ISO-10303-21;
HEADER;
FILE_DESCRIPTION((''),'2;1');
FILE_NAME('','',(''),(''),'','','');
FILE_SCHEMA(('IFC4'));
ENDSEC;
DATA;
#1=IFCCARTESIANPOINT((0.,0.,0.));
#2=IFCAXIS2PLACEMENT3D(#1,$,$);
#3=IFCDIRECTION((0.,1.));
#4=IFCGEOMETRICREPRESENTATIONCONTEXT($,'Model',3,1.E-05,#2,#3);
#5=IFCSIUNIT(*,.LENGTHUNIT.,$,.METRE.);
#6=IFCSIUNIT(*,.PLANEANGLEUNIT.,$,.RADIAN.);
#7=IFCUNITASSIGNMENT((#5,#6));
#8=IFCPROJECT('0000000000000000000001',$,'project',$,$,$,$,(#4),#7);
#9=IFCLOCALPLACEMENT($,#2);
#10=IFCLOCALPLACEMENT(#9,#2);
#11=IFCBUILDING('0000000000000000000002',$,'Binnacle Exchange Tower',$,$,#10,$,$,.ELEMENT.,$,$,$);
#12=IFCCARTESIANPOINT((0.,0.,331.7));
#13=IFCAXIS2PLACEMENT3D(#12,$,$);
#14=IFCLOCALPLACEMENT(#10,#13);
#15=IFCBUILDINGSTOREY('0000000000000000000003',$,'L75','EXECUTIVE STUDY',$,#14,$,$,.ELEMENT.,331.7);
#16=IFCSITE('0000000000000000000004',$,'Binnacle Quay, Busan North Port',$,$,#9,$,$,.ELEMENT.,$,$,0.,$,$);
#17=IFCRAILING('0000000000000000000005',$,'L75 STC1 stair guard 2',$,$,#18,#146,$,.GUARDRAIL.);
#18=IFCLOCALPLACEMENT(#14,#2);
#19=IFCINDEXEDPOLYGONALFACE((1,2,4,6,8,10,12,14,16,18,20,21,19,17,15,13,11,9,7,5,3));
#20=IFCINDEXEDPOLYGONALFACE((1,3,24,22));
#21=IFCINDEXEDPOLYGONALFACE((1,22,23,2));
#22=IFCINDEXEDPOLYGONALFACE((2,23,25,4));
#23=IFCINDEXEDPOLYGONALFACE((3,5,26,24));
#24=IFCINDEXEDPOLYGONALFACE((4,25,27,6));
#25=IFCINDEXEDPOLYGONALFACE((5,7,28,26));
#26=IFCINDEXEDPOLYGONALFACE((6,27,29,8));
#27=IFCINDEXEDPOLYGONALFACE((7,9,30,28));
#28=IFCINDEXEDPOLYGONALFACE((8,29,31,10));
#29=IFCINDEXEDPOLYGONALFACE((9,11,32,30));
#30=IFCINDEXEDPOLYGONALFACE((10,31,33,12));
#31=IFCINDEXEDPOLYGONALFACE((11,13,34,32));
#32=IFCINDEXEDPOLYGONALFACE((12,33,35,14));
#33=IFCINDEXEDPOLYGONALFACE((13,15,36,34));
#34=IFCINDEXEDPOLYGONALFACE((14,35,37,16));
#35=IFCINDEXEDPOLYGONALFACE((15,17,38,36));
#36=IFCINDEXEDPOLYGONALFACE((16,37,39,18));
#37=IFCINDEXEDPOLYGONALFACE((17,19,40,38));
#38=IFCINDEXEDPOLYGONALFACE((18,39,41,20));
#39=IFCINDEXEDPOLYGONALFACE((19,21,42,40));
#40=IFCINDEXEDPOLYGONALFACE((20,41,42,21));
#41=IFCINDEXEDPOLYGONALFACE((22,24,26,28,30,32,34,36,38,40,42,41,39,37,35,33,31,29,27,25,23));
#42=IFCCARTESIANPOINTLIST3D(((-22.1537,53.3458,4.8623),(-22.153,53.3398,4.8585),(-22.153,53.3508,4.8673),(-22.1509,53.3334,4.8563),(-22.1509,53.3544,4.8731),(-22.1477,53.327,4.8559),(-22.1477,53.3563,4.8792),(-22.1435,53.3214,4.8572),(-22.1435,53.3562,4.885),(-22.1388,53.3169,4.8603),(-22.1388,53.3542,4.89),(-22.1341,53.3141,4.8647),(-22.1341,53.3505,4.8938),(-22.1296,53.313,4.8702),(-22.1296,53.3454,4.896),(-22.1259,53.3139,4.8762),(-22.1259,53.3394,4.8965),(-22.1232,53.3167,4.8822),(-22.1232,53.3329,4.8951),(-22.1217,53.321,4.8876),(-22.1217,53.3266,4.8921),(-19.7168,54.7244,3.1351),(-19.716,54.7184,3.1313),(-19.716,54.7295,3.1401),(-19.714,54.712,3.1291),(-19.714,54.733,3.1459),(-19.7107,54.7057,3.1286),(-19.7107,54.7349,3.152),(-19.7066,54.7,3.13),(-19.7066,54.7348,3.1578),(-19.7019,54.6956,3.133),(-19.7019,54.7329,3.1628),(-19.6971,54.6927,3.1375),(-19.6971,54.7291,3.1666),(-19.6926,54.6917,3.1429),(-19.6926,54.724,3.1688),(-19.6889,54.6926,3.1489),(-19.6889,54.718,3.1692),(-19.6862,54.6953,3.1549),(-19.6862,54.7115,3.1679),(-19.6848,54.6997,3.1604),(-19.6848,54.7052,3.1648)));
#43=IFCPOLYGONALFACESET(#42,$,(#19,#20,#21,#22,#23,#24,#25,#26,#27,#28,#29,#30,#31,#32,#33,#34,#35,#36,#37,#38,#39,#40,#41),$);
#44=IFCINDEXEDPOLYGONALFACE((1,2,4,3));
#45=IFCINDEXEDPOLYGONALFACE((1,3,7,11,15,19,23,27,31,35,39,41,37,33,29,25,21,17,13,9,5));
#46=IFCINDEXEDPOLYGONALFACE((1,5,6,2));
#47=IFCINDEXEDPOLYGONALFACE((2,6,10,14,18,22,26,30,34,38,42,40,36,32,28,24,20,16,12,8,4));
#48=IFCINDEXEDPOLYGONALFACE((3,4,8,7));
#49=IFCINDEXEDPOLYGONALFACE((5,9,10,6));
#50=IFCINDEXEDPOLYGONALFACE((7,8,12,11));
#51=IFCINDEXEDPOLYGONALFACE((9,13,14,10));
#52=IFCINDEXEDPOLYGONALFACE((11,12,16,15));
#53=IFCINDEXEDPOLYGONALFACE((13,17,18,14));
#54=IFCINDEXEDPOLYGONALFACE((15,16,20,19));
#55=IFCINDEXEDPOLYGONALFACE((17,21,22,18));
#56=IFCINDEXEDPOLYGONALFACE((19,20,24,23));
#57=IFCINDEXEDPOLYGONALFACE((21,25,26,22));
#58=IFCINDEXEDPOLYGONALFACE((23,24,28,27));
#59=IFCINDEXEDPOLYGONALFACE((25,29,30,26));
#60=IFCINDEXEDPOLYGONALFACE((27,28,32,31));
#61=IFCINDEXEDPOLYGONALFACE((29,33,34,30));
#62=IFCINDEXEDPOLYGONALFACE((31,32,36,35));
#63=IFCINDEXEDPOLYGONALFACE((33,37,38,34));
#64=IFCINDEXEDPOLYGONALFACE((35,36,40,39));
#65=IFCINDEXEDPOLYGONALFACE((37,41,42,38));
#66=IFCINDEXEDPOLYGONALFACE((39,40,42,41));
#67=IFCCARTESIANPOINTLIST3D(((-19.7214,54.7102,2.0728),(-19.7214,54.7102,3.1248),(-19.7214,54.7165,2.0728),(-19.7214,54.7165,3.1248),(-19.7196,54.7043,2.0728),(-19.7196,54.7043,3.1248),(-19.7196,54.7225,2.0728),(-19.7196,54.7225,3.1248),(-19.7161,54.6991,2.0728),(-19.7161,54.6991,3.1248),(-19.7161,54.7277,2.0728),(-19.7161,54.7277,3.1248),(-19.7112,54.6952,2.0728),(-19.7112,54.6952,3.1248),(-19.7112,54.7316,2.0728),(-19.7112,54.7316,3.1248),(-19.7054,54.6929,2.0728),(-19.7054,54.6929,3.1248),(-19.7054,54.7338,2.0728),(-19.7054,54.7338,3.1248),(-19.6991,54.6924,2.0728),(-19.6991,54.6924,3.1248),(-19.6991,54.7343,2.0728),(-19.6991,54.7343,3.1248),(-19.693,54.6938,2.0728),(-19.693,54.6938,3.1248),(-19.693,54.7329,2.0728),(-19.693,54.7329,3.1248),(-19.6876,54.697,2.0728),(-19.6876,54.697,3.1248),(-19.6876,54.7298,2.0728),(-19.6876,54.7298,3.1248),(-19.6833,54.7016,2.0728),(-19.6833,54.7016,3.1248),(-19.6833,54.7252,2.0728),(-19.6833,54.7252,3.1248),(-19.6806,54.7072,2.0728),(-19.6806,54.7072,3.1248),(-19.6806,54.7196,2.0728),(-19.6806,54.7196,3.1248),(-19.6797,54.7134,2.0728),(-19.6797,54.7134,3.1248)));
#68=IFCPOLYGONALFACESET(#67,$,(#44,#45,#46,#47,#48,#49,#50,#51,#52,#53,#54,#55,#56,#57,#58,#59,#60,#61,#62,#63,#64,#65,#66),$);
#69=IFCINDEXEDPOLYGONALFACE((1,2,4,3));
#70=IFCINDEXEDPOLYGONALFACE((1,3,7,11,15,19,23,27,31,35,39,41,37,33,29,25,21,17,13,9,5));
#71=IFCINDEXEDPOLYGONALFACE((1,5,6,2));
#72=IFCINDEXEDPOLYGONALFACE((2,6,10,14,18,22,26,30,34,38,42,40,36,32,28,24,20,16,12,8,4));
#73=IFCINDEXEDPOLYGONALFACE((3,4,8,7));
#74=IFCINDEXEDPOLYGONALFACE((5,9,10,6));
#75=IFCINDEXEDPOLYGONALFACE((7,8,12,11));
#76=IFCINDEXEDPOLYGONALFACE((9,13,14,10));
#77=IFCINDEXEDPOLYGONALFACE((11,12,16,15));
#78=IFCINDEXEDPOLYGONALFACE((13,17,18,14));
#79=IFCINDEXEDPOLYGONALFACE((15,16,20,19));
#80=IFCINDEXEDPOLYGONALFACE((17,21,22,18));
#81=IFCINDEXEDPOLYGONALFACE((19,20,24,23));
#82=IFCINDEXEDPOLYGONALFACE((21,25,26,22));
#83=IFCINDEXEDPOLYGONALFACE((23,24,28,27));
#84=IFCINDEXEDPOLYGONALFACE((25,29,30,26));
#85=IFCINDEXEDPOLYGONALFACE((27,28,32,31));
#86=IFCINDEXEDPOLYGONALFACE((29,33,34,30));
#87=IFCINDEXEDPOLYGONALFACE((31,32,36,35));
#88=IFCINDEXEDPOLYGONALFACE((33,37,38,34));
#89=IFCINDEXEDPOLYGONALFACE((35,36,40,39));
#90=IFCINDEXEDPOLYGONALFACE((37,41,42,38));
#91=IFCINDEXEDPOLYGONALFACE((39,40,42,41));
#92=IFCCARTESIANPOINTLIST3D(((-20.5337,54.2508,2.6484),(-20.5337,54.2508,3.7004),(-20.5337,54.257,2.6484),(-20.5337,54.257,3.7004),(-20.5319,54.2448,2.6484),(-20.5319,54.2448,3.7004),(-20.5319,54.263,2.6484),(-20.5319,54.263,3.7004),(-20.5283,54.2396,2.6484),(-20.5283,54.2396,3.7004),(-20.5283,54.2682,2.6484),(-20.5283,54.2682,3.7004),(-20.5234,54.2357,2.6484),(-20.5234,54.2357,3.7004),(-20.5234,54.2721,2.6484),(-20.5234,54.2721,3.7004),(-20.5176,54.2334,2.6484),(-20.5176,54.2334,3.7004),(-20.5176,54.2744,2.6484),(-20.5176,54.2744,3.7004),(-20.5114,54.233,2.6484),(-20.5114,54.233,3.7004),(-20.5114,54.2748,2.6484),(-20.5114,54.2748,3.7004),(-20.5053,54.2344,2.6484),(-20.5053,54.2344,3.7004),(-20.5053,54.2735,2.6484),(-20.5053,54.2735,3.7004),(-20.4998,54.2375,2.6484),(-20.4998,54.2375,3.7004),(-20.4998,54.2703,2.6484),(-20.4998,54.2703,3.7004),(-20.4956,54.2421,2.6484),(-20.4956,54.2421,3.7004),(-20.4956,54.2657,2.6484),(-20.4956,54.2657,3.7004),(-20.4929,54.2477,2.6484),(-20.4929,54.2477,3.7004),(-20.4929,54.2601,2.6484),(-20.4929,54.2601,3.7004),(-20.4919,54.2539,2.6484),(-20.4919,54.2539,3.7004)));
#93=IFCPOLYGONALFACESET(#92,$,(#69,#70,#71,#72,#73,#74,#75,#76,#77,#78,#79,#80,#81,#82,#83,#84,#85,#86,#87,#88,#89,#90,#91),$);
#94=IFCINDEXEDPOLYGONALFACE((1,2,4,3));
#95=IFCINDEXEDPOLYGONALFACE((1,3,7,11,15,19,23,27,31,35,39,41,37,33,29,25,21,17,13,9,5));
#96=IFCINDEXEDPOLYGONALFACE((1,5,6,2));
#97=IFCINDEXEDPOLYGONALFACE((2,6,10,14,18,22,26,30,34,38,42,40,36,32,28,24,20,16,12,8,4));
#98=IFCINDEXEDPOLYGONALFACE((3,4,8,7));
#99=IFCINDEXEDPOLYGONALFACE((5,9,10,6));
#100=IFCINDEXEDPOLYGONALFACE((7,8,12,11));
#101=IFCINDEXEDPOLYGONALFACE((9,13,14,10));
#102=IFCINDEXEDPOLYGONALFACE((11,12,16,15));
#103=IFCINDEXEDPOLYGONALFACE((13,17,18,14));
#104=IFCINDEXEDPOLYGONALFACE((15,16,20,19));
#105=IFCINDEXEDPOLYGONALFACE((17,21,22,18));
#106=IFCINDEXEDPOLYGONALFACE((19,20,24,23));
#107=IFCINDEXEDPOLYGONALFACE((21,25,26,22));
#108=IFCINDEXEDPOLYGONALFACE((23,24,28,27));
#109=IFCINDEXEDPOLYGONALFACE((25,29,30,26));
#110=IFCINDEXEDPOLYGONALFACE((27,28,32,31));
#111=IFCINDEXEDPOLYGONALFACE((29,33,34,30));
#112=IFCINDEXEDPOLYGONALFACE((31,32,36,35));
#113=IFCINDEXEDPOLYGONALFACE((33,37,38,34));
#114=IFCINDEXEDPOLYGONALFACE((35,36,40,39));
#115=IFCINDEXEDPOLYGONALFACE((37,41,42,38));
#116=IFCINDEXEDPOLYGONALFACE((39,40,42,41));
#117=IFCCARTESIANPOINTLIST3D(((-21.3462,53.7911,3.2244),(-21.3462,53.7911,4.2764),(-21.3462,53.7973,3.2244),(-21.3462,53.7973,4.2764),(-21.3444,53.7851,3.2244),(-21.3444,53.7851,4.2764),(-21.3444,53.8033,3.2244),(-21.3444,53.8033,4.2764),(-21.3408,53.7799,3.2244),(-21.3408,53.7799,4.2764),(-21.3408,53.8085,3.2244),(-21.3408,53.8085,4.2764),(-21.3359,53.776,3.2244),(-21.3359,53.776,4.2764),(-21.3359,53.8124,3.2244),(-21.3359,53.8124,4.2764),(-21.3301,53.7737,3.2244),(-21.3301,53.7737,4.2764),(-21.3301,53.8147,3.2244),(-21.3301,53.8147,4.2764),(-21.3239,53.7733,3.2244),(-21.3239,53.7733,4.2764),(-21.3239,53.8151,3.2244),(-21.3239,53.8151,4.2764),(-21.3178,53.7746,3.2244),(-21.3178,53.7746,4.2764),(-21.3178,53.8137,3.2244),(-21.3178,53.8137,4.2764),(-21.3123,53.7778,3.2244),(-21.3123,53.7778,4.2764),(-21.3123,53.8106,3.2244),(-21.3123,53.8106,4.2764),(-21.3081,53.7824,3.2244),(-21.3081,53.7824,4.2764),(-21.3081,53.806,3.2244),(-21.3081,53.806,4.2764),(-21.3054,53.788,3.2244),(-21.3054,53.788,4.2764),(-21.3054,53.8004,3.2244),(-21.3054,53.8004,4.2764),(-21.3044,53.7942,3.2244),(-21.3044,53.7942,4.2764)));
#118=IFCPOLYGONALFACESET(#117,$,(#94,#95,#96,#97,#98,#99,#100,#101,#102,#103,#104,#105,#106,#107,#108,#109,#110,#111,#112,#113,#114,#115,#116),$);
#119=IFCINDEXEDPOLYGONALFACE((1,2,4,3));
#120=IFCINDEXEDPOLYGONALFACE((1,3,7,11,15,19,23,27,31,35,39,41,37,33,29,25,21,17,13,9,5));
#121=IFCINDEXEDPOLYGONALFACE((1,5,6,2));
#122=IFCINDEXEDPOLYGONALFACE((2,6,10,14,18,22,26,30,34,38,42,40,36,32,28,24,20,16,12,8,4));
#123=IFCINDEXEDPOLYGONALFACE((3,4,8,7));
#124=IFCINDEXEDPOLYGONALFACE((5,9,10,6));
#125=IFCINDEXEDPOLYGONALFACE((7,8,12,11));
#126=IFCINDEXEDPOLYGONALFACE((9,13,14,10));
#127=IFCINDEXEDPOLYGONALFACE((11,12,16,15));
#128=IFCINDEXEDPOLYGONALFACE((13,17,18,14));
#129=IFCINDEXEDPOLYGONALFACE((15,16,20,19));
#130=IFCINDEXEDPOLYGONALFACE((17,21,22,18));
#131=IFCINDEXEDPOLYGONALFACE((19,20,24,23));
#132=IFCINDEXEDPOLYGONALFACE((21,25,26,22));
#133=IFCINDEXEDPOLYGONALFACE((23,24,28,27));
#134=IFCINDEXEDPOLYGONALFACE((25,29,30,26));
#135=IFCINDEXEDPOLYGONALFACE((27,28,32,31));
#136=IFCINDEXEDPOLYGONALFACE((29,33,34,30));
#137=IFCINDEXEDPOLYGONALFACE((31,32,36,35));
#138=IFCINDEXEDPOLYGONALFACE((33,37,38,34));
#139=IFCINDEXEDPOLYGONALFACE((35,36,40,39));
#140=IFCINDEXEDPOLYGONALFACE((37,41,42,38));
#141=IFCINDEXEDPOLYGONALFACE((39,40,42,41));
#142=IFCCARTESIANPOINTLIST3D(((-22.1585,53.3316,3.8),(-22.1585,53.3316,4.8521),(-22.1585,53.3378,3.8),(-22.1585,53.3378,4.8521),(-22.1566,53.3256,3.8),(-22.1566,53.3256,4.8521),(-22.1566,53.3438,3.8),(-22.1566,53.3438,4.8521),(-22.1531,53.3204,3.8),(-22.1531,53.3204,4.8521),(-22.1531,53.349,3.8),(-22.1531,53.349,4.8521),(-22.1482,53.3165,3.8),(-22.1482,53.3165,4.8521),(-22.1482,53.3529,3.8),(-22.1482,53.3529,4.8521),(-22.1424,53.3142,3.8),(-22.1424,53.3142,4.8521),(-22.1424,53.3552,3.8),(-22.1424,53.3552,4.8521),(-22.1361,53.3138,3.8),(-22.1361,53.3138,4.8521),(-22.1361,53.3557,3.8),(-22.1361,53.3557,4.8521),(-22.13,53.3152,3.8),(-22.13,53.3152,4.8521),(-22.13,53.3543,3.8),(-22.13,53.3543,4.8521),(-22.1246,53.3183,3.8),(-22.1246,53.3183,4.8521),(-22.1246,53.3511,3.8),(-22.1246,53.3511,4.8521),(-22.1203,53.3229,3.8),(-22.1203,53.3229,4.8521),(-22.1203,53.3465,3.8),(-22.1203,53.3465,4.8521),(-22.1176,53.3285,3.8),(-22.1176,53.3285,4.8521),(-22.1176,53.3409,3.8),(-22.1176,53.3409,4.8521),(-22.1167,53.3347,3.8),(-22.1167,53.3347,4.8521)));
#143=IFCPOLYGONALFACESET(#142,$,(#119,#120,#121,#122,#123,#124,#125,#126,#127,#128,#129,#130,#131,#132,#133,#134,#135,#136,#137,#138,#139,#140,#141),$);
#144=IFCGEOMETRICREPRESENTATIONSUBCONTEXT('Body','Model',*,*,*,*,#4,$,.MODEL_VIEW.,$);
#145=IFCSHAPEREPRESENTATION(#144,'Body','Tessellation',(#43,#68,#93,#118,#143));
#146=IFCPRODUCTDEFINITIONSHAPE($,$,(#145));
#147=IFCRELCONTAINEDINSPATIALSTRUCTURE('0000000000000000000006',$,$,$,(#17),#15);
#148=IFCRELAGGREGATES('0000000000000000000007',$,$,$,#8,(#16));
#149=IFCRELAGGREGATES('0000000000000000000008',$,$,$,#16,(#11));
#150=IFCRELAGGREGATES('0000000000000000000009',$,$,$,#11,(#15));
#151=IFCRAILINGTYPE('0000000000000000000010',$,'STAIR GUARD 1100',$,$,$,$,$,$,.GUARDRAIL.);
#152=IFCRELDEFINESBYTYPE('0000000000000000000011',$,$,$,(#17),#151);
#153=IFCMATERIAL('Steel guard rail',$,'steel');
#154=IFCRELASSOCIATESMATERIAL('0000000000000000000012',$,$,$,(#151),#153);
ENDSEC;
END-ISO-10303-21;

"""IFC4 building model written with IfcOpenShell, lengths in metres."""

from ifc_helpers import new_model, si_unit, direction, frame, origin, origin_2d, place, context, subcontext, project, spatial, circle, extrude, material, type_object, element, save


model = new_model("IFC4")

# Units and contexts
model_context = context("Model", 3, precision=1e-05, world=origin(), true_north=direction((0.0, 1.0)))
body_context = subcontext(model_context, "Body", "Model", "MODEL_VIEW")
ifc_project = project(units=[si_unit("LENGTHUNIT", "METRE"), si_unit("PLANEANGLEUNIT", "RADIAN")], contexts=[model_context])

# Site, building, storey
site_placement = place(None, origin())
site = spatial("IfcSite", under=ifc_project, at=site_placement, Name="Binnacle Quay, Busan North Port", CompositionType="ELEMENT", RefElevation=0.0)
building_placement = place(site_placement, origin())
building = spatial("IfcBuilding", under=site, at=building_placement, Name="Binnacle Exchange Tower", CompositionType="ELEMENT")
storey_placement = place(building_placement, frame((0.0, 0.0, 331.7)))
storey = spatial("IfcBuildingStorey", under=building, at=storey_placement, Name="L75", Description="EXECUTIVE STUDY", CompositionType="ELEMENT", Elevation=331.7)

# Railing
ifc_material_1 = material(Name="Steel guard rail", Category="steel")
railing_type = type_object("IfcRailingType", Name="STAIR GUARD 1100", PredefinedType="GUARDRAIL", material=ifc_material_1)
railing_placement = place(storey_placement, frame((-19.7007, 54.7134, 2.0728)))
element("IfcRailing", 1, at=railing_placement, inside=storey, type_object=railing_type, Name="L75 STC1 stair guard 2", PredefinedType="GUARDRAIL", context=body_context, shape_type="SweptSolid", body=[
    extrude(circle(Radius=0.0239, at=origin_2d()), frame((0.0, 0.0, 1.0762), z_axis=(-0.740761, -0.419062, 0.525033), x_axis=(0.492388, -0.870376, 0.0)), (0.0, 0.0, 1.0), 3.2898),
    extrude(circle(Radius=0.021, at=origin_2d()), origin(), (0.0, 0.0, 1.0), 1.052),
    extrude(circle(Radius=0.021, at=origin_2d()), frame((-0.8123, -0.4595, 0.5757)), (0.0, 0.0, 1.0), 1.052),
    extrude(circle(Radius=0.021, at=origin_2d()), frame((-1.6248, -0.9192, 1.1516)), (0.0, 0.0, 1.0), 1.052),
    extrude(circle(Radius=0.021, at=origin_2d()), frame((-2.437, -1.3787, 1.7273)), (0.0, 0.0, 1.0), 1.052),
])

save(model, "model.ifc")
